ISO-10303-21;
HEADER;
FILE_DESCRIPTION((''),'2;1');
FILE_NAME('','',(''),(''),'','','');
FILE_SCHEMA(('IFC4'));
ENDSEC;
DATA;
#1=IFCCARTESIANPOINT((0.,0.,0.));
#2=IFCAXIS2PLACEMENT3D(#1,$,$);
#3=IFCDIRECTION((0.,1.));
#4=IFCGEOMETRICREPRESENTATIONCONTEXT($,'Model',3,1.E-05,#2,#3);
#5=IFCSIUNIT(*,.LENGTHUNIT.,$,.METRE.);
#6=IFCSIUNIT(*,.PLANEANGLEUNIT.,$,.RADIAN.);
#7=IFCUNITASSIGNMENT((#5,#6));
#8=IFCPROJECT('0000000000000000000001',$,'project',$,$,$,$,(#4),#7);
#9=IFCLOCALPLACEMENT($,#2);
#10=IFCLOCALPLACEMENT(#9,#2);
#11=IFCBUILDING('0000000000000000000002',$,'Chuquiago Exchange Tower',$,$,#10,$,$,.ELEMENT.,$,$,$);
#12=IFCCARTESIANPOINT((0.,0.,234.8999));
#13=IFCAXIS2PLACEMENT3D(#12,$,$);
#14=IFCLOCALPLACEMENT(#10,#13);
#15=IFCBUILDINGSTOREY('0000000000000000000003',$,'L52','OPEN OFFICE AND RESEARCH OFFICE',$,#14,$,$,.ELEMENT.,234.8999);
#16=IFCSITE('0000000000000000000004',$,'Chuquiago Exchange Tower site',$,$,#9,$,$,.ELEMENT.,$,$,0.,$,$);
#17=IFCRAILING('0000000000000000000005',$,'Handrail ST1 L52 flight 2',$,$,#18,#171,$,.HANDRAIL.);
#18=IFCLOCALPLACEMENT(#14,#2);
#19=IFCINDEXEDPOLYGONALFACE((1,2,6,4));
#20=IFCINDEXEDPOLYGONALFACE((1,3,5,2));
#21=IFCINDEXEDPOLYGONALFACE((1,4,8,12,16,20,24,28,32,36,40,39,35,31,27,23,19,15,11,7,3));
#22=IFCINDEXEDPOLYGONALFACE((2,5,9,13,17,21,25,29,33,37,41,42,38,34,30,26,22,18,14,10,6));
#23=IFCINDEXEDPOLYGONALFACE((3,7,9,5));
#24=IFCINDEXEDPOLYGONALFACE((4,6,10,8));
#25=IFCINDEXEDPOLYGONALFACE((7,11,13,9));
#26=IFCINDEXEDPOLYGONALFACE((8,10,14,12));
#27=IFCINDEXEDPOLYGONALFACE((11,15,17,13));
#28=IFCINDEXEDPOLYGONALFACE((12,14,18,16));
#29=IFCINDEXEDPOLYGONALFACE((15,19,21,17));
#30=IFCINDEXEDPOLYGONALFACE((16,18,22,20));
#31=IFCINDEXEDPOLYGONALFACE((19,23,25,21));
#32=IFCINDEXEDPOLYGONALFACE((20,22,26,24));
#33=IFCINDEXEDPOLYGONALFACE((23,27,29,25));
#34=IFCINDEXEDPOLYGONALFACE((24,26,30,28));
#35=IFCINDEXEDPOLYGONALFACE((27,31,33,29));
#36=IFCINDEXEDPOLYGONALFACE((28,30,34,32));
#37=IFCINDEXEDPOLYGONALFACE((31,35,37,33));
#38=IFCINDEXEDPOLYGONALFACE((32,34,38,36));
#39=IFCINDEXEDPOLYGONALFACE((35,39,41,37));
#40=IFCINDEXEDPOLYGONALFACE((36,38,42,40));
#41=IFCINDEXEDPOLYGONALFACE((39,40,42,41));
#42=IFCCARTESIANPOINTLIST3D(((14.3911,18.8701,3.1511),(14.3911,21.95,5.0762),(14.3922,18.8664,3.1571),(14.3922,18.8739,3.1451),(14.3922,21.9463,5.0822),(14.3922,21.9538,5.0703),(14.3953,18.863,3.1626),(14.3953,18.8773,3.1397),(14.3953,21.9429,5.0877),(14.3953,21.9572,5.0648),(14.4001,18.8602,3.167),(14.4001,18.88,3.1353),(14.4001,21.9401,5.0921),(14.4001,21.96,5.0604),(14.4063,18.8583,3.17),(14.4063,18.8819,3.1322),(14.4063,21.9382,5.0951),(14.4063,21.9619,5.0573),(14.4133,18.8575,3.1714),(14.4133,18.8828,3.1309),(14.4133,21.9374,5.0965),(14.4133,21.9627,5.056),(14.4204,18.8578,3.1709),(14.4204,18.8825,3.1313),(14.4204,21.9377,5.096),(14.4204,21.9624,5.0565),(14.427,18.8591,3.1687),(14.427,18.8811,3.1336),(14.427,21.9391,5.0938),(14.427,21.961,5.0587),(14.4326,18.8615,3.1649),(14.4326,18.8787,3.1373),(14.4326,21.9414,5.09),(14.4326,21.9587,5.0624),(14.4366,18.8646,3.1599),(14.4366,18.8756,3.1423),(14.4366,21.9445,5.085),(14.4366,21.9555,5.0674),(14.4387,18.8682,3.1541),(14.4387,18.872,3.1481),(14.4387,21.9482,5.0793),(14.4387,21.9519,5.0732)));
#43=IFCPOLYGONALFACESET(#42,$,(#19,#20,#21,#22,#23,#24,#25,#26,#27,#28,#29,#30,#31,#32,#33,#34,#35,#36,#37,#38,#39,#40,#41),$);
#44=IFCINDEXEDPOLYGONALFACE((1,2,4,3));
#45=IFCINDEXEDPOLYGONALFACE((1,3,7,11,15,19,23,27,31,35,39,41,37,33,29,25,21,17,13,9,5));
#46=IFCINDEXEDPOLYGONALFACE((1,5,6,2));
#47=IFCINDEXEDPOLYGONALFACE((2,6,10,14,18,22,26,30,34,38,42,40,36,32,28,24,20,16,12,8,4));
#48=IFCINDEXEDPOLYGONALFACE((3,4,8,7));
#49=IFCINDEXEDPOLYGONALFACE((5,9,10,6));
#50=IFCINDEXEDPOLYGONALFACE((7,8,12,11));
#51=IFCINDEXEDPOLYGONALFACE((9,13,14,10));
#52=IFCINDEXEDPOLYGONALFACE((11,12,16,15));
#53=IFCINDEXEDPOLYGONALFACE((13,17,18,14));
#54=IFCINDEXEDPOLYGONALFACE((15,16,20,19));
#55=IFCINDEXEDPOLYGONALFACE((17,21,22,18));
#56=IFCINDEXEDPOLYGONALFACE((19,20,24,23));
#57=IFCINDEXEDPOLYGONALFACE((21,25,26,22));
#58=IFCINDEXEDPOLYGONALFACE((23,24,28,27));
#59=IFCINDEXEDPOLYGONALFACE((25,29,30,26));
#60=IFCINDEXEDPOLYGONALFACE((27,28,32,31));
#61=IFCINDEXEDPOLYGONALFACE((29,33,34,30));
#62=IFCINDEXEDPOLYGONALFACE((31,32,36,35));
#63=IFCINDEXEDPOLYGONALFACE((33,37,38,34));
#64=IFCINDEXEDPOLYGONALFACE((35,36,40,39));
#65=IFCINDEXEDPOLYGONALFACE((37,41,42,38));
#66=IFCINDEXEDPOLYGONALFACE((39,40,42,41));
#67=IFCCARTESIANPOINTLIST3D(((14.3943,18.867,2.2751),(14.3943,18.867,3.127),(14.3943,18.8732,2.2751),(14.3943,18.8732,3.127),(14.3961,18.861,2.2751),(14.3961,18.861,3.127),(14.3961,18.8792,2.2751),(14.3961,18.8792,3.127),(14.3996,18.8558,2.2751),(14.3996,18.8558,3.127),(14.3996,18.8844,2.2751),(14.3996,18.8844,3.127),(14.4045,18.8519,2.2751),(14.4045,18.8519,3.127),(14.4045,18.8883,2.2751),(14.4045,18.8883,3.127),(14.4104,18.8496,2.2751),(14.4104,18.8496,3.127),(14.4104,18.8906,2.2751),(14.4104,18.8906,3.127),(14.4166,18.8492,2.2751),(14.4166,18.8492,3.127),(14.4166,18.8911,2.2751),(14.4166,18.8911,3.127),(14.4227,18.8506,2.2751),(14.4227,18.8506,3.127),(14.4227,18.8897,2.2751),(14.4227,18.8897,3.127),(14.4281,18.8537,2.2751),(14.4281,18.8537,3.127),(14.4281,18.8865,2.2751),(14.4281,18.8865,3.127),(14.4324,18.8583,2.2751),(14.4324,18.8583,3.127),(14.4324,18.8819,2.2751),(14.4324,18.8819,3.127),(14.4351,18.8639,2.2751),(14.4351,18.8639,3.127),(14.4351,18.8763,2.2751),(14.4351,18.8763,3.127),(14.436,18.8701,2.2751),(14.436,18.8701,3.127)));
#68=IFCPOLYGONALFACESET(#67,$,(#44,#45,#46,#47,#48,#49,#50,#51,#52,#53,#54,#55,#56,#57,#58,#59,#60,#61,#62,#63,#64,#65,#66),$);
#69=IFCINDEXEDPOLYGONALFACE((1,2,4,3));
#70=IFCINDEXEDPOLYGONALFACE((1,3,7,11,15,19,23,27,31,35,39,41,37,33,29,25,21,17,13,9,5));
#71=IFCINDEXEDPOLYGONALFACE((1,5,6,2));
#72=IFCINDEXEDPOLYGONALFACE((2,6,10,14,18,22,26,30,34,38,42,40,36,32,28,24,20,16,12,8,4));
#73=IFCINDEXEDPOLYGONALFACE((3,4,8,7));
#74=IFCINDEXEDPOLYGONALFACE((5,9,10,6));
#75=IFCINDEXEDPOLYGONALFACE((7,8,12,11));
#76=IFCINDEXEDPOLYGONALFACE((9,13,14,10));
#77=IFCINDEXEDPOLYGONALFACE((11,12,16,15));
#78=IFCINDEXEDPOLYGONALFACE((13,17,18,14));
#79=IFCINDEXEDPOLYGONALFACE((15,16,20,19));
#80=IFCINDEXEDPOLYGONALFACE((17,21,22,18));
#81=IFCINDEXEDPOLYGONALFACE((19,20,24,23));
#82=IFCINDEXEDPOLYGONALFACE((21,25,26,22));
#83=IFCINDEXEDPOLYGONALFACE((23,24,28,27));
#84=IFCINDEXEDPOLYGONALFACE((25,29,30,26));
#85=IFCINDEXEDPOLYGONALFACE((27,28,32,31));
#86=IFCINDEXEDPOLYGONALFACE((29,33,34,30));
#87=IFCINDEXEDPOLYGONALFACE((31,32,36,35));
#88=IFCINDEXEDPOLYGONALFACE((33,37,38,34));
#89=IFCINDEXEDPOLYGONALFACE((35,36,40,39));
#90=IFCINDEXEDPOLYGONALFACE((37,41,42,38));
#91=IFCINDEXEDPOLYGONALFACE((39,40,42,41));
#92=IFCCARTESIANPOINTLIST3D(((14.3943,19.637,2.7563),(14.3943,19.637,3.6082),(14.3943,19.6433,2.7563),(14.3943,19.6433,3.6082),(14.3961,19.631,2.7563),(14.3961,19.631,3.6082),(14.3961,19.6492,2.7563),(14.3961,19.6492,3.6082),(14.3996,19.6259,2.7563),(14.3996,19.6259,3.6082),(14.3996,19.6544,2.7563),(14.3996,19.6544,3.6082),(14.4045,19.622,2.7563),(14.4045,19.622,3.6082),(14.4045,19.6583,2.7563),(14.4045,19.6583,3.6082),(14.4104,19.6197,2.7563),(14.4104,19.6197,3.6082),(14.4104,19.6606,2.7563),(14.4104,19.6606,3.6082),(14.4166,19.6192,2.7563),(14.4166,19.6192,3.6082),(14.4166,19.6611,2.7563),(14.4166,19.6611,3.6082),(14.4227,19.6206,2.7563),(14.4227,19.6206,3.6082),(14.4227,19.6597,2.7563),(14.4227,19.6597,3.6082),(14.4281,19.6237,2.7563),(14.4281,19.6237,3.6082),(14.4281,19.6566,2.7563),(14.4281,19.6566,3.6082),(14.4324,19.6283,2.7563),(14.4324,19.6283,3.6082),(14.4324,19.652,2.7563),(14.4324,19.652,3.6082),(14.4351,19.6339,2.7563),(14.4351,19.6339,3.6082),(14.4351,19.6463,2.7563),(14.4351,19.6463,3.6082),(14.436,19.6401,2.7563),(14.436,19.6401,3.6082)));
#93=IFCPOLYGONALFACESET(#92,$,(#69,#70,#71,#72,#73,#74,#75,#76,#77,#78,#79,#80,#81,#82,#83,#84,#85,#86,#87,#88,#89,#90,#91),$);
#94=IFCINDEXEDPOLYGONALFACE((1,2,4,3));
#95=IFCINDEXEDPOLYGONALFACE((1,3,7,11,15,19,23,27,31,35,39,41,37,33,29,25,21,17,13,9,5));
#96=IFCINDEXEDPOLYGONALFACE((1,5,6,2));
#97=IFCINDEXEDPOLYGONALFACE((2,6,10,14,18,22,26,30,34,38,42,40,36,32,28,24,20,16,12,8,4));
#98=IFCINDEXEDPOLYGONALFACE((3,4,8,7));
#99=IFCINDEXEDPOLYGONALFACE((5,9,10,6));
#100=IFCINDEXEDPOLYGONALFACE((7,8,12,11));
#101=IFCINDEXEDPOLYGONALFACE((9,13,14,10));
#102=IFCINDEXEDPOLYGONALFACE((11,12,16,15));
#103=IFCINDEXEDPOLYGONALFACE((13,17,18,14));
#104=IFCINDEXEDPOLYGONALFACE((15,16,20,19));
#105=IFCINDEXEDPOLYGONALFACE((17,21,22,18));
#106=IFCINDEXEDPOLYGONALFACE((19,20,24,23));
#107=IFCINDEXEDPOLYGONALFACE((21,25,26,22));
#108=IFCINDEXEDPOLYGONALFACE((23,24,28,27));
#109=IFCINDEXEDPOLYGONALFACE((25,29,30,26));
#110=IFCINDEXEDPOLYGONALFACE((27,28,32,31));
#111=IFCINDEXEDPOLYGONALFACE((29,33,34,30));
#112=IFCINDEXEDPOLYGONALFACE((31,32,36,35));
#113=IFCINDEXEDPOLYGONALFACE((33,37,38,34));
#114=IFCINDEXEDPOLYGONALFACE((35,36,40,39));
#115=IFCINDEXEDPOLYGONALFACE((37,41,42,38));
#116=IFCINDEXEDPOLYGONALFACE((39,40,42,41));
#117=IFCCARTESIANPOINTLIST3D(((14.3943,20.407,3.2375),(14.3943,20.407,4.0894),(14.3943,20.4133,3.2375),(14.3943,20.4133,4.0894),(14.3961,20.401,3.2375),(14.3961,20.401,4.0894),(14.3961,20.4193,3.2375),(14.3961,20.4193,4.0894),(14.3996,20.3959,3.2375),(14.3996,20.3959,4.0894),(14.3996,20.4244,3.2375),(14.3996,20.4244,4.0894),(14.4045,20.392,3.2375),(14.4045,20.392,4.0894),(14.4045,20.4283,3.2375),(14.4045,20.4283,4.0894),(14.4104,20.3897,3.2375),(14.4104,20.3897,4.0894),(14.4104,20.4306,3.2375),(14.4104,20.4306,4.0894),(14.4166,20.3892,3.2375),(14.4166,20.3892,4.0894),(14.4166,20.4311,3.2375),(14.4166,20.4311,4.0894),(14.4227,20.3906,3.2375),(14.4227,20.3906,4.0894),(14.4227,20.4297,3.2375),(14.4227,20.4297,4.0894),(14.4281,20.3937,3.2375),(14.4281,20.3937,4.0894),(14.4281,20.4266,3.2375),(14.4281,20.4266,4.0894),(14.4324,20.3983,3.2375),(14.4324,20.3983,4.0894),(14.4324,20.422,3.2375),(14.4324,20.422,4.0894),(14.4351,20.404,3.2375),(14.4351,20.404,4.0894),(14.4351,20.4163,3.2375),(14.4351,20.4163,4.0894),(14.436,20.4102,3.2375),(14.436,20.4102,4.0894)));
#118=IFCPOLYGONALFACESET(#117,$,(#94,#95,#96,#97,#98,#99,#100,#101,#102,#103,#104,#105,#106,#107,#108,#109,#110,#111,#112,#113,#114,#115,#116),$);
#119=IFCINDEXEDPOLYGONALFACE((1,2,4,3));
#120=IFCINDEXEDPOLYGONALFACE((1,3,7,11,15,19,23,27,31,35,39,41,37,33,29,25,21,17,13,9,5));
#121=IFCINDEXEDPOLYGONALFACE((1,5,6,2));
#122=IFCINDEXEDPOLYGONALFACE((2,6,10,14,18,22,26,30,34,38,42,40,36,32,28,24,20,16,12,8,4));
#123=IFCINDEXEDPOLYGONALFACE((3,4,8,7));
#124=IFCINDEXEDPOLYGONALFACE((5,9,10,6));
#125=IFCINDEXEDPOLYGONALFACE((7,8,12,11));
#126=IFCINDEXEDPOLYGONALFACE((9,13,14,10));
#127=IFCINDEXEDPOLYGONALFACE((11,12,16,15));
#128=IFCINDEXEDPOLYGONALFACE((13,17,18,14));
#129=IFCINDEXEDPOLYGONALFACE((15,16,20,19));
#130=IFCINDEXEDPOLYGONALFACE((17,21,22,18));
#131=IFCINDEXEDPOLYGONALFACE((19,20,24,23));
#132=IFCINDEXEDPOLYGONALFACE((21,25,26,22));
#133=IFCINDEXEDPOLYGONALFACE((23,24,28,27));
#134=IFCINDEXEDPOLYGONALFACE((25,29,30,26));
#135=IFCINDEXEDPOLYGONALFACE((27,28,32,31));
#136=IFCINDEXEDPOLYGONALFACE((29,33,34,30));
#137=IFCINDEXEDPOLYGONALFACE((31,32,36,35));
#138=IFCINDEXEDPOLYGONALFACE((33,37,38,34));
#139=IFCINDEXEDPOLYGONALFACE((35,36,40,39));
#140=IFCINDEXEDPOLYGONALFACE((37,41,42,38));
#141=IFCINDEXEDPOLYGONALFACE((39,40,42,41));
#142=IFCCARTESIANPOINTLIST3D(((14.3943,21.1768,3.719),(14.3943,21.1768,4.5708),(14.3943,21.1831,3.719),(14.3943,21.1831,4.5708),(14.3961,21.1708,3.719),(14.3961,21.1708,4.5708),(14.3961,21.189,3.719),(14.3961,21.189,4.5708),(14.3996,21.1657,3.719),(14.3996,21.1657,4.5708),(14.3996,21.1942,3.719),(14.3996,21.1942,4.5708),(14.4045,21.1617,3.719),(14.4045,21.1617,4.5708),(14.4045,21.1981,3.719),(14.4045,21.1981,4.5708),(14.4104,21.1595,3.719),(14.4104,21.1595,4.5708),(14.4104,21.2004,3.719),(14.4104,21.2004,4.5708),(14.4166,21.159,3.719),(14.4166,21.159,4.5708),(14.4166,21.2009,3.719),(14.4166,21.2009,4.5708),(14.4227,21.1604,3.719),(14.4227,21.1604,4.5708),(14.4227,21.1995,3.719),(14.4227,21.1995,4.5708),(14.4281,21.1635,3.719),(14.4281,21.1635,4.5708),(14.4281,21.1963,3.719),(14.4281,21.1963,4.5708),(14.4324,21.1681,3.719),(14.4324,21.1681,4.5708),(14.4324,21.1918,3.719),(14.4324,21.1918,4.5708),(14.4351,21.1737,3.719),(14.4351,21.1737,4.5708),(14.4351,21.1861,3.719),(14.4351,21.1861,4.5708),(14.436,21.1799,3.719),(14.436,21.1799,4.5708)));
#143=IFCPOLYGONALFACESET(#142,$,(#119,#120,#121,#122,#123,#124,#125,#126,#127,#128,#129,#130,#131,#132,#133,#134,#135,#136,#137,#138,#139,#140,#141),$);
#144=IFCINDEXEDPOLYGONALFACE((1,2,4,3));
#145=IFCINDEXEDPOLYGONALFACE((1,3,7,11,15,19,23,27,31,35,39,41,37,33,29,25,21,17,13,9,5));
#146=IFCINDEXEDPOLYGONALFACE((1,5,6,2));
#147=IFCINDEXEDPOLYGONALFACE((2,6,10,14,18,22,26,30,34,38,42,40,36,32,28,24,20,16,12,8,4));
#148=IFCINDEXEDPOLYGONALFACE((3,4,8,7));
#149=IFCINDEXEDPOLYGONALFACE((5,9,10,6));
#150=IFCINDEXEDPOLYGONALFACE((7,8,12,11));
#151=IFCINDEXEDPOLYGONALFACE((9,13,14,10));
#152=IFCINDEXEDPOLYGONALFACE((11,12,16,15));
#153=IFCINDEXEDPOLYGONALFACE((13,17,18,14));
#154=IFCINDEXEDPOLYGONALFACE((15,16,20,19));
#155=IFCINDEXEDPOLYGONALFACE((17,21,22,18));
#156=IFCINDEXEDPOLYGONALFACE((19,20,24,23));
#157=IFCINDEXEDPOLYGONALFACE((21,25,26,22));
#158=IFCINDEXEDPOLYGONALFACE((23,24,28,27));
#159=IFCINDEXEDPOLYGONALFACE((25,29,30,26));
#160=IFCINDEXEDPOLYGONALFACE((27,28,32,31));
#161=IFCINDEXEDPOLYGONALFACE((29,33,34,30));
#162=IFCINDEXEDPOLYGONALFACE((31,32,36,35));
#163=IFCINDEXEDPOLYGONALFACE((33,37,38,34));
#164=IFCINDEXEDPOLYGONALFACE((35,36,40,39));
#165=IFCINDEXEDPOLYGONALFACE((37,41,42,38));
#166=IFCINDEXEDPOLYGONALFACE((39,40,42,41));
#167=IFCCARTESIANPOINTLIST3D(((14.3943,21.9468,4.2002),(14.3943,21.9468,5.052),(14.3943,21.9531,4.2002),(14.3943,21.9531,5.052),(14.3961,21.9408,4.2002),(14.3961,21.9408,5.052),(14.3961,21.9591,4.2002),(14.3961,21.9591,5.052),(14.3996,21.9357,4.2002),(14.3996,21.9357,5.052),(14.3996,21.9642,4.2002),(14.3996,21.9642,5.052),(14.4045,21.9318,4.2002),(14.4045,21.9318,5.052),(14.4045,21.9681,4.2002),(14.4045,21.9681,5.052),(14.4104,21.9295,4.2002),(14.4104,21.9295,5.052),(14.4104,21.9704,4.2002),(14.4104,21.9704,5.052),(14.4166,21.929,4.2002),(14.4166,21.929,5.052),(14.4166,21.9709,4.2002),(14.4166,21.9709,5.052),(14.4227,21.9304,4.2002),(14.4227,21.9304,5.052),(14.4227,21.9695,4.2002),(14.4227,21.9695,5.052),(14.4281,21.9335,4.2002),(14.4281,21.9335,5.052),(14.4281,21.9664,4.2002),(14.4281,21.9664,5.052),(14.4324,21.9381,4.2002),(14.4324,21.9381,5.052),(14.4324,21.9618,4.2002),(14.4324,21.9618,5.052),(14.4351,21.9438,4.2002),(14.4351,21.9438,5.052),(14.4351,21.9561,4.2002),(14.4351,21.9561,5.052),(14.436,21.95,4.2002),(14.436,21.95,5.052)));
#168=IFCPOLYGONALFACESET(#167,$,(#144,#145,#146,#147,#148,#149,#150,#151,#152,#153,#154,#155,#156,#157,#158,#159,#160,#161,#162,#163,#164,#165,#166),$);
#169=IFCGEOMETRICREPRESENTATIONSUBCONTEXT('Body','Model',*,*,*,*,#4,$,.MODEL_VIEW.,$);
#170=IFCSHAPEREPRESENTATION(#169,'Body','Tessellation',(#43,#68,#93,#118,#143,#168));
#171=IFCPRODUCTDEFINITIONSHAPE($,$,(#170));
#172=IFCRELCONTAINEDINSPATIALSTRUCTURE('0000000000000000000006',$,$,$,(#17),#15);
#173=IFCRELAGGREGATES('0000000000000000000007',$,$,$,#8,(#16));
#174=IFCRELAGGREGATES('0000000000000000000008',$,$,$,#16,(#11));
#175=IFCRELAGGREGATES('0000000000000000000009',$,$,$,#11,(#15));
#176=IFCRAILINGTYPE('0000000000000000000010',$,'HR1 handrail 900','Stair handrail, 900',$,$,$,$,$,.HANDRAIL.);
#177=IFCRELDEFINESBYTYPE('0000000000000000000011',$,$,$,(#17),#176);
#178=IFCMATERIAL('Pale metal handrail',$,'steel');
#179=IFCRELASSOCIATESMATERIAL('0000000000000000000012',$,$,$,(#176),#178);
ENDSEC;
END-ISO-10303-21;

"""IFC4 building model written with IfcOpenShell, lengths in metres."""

from ifc_helpers import new_model, si_unit, direction, frame, origin, origin_2d, place, context, subcontext, project, spatial, circle, extrude, material, type_object, element, save


model = new_model("IFC4")

# Units and contexts
model_context = context("Model", 3, precision=1e-05, world=origin(), true_north=direction((0.0, 1.0)))
body_context = subcontext(model_context, "Body", "Model", "MODEL_VIEW")
ifc_project = project(units=[si_unit("LENGTHUNIT", "METRE"), si_unit("PLANEANGLEUNIT", "RADIAN")], contexts=[model_context])

# Site, building, storey
site_placement = place(None, origin())
site = spatial("IfcSite", under=ifc_project, at=site_placement, Name="Chuquiago Exchange Tower site", CompositionType="ELEMENT", RefElevation=0.0)
building_placement = place(site_placement, origin())
building = spatial("IfcBuilding", under=site, at=building_placement, Name="Chuquiago Exchange Tower", CompositionType="ELEMENT")
storey_placement = place(building_placement, frame((0.0, 0.0, 234.8999)))
storey = spatial("IfcBuildingStorey", under=building, at=storey_placement, Name="L52", Description="OPEN OFFICE AND RESEARCH OFFICE", CompositionType="ELEMENT", Elevation=234.8999)

# Railing
ifc_material_1 = material(Name="Pale metal handrail", Category="steel")
railing_type_1 = type_object("IfcRailingType", Name="HR1 handrail 900", Description="Stair handrail, 900", PredefinedType="HANDRAIL", material=ifc_material_1)
for number, where, name in (
    (1, (14.415, 18.8701, 2.2751), "Handrail ST1 L52 flight 2"),
):
    element("IfcRailing", number, at=place(storey_placement, frame(where)), inside=storey, type_object=railing_type_1, Name=name, PredefinedType="HANDRAIL", context=body_context, shape_type="SweptSolid", body=[
        extrude(circle(Radius=0.0239, at=origin_2d()), frame((0.0, 0.0, 0.876), z_axis=(0.0, 0.847979, 0.530029), x_axis=(-1.0, 0.0, 0.0)), (0.0, 0.0, 1.0), 3.6321),
        extrude(circle(Radius=0.021, at=origin_2d()), origin(), (0.0, 0.0, 1.0), 0.8518),
        extrude(circle(Radius=0.021, at=origin_2d()), frame((0.0, 0.77, 0.4812)), (0.0, 0.0, 1.0), 0.8518),
        extrude(circle(Radius=0.021, at=origin_2d()), frame((0.0, 1.54, 0.9624)), (0.0, 0.0, 1.0), 0.8518),
        extrude(circle(Radius=0.021, at=origin_2d()), frame((0.0, 2.3098, 1.4438)), (0.0, 0.0, 1.0), 0.8518),
        extrude(circle(Radius=0.021, at=origin_2d()), frame((0.0, 3.0798, 1.925)), (0.0, 0.0, 1.0), 0.8518),
    ])

save(model, "model.ifc")
